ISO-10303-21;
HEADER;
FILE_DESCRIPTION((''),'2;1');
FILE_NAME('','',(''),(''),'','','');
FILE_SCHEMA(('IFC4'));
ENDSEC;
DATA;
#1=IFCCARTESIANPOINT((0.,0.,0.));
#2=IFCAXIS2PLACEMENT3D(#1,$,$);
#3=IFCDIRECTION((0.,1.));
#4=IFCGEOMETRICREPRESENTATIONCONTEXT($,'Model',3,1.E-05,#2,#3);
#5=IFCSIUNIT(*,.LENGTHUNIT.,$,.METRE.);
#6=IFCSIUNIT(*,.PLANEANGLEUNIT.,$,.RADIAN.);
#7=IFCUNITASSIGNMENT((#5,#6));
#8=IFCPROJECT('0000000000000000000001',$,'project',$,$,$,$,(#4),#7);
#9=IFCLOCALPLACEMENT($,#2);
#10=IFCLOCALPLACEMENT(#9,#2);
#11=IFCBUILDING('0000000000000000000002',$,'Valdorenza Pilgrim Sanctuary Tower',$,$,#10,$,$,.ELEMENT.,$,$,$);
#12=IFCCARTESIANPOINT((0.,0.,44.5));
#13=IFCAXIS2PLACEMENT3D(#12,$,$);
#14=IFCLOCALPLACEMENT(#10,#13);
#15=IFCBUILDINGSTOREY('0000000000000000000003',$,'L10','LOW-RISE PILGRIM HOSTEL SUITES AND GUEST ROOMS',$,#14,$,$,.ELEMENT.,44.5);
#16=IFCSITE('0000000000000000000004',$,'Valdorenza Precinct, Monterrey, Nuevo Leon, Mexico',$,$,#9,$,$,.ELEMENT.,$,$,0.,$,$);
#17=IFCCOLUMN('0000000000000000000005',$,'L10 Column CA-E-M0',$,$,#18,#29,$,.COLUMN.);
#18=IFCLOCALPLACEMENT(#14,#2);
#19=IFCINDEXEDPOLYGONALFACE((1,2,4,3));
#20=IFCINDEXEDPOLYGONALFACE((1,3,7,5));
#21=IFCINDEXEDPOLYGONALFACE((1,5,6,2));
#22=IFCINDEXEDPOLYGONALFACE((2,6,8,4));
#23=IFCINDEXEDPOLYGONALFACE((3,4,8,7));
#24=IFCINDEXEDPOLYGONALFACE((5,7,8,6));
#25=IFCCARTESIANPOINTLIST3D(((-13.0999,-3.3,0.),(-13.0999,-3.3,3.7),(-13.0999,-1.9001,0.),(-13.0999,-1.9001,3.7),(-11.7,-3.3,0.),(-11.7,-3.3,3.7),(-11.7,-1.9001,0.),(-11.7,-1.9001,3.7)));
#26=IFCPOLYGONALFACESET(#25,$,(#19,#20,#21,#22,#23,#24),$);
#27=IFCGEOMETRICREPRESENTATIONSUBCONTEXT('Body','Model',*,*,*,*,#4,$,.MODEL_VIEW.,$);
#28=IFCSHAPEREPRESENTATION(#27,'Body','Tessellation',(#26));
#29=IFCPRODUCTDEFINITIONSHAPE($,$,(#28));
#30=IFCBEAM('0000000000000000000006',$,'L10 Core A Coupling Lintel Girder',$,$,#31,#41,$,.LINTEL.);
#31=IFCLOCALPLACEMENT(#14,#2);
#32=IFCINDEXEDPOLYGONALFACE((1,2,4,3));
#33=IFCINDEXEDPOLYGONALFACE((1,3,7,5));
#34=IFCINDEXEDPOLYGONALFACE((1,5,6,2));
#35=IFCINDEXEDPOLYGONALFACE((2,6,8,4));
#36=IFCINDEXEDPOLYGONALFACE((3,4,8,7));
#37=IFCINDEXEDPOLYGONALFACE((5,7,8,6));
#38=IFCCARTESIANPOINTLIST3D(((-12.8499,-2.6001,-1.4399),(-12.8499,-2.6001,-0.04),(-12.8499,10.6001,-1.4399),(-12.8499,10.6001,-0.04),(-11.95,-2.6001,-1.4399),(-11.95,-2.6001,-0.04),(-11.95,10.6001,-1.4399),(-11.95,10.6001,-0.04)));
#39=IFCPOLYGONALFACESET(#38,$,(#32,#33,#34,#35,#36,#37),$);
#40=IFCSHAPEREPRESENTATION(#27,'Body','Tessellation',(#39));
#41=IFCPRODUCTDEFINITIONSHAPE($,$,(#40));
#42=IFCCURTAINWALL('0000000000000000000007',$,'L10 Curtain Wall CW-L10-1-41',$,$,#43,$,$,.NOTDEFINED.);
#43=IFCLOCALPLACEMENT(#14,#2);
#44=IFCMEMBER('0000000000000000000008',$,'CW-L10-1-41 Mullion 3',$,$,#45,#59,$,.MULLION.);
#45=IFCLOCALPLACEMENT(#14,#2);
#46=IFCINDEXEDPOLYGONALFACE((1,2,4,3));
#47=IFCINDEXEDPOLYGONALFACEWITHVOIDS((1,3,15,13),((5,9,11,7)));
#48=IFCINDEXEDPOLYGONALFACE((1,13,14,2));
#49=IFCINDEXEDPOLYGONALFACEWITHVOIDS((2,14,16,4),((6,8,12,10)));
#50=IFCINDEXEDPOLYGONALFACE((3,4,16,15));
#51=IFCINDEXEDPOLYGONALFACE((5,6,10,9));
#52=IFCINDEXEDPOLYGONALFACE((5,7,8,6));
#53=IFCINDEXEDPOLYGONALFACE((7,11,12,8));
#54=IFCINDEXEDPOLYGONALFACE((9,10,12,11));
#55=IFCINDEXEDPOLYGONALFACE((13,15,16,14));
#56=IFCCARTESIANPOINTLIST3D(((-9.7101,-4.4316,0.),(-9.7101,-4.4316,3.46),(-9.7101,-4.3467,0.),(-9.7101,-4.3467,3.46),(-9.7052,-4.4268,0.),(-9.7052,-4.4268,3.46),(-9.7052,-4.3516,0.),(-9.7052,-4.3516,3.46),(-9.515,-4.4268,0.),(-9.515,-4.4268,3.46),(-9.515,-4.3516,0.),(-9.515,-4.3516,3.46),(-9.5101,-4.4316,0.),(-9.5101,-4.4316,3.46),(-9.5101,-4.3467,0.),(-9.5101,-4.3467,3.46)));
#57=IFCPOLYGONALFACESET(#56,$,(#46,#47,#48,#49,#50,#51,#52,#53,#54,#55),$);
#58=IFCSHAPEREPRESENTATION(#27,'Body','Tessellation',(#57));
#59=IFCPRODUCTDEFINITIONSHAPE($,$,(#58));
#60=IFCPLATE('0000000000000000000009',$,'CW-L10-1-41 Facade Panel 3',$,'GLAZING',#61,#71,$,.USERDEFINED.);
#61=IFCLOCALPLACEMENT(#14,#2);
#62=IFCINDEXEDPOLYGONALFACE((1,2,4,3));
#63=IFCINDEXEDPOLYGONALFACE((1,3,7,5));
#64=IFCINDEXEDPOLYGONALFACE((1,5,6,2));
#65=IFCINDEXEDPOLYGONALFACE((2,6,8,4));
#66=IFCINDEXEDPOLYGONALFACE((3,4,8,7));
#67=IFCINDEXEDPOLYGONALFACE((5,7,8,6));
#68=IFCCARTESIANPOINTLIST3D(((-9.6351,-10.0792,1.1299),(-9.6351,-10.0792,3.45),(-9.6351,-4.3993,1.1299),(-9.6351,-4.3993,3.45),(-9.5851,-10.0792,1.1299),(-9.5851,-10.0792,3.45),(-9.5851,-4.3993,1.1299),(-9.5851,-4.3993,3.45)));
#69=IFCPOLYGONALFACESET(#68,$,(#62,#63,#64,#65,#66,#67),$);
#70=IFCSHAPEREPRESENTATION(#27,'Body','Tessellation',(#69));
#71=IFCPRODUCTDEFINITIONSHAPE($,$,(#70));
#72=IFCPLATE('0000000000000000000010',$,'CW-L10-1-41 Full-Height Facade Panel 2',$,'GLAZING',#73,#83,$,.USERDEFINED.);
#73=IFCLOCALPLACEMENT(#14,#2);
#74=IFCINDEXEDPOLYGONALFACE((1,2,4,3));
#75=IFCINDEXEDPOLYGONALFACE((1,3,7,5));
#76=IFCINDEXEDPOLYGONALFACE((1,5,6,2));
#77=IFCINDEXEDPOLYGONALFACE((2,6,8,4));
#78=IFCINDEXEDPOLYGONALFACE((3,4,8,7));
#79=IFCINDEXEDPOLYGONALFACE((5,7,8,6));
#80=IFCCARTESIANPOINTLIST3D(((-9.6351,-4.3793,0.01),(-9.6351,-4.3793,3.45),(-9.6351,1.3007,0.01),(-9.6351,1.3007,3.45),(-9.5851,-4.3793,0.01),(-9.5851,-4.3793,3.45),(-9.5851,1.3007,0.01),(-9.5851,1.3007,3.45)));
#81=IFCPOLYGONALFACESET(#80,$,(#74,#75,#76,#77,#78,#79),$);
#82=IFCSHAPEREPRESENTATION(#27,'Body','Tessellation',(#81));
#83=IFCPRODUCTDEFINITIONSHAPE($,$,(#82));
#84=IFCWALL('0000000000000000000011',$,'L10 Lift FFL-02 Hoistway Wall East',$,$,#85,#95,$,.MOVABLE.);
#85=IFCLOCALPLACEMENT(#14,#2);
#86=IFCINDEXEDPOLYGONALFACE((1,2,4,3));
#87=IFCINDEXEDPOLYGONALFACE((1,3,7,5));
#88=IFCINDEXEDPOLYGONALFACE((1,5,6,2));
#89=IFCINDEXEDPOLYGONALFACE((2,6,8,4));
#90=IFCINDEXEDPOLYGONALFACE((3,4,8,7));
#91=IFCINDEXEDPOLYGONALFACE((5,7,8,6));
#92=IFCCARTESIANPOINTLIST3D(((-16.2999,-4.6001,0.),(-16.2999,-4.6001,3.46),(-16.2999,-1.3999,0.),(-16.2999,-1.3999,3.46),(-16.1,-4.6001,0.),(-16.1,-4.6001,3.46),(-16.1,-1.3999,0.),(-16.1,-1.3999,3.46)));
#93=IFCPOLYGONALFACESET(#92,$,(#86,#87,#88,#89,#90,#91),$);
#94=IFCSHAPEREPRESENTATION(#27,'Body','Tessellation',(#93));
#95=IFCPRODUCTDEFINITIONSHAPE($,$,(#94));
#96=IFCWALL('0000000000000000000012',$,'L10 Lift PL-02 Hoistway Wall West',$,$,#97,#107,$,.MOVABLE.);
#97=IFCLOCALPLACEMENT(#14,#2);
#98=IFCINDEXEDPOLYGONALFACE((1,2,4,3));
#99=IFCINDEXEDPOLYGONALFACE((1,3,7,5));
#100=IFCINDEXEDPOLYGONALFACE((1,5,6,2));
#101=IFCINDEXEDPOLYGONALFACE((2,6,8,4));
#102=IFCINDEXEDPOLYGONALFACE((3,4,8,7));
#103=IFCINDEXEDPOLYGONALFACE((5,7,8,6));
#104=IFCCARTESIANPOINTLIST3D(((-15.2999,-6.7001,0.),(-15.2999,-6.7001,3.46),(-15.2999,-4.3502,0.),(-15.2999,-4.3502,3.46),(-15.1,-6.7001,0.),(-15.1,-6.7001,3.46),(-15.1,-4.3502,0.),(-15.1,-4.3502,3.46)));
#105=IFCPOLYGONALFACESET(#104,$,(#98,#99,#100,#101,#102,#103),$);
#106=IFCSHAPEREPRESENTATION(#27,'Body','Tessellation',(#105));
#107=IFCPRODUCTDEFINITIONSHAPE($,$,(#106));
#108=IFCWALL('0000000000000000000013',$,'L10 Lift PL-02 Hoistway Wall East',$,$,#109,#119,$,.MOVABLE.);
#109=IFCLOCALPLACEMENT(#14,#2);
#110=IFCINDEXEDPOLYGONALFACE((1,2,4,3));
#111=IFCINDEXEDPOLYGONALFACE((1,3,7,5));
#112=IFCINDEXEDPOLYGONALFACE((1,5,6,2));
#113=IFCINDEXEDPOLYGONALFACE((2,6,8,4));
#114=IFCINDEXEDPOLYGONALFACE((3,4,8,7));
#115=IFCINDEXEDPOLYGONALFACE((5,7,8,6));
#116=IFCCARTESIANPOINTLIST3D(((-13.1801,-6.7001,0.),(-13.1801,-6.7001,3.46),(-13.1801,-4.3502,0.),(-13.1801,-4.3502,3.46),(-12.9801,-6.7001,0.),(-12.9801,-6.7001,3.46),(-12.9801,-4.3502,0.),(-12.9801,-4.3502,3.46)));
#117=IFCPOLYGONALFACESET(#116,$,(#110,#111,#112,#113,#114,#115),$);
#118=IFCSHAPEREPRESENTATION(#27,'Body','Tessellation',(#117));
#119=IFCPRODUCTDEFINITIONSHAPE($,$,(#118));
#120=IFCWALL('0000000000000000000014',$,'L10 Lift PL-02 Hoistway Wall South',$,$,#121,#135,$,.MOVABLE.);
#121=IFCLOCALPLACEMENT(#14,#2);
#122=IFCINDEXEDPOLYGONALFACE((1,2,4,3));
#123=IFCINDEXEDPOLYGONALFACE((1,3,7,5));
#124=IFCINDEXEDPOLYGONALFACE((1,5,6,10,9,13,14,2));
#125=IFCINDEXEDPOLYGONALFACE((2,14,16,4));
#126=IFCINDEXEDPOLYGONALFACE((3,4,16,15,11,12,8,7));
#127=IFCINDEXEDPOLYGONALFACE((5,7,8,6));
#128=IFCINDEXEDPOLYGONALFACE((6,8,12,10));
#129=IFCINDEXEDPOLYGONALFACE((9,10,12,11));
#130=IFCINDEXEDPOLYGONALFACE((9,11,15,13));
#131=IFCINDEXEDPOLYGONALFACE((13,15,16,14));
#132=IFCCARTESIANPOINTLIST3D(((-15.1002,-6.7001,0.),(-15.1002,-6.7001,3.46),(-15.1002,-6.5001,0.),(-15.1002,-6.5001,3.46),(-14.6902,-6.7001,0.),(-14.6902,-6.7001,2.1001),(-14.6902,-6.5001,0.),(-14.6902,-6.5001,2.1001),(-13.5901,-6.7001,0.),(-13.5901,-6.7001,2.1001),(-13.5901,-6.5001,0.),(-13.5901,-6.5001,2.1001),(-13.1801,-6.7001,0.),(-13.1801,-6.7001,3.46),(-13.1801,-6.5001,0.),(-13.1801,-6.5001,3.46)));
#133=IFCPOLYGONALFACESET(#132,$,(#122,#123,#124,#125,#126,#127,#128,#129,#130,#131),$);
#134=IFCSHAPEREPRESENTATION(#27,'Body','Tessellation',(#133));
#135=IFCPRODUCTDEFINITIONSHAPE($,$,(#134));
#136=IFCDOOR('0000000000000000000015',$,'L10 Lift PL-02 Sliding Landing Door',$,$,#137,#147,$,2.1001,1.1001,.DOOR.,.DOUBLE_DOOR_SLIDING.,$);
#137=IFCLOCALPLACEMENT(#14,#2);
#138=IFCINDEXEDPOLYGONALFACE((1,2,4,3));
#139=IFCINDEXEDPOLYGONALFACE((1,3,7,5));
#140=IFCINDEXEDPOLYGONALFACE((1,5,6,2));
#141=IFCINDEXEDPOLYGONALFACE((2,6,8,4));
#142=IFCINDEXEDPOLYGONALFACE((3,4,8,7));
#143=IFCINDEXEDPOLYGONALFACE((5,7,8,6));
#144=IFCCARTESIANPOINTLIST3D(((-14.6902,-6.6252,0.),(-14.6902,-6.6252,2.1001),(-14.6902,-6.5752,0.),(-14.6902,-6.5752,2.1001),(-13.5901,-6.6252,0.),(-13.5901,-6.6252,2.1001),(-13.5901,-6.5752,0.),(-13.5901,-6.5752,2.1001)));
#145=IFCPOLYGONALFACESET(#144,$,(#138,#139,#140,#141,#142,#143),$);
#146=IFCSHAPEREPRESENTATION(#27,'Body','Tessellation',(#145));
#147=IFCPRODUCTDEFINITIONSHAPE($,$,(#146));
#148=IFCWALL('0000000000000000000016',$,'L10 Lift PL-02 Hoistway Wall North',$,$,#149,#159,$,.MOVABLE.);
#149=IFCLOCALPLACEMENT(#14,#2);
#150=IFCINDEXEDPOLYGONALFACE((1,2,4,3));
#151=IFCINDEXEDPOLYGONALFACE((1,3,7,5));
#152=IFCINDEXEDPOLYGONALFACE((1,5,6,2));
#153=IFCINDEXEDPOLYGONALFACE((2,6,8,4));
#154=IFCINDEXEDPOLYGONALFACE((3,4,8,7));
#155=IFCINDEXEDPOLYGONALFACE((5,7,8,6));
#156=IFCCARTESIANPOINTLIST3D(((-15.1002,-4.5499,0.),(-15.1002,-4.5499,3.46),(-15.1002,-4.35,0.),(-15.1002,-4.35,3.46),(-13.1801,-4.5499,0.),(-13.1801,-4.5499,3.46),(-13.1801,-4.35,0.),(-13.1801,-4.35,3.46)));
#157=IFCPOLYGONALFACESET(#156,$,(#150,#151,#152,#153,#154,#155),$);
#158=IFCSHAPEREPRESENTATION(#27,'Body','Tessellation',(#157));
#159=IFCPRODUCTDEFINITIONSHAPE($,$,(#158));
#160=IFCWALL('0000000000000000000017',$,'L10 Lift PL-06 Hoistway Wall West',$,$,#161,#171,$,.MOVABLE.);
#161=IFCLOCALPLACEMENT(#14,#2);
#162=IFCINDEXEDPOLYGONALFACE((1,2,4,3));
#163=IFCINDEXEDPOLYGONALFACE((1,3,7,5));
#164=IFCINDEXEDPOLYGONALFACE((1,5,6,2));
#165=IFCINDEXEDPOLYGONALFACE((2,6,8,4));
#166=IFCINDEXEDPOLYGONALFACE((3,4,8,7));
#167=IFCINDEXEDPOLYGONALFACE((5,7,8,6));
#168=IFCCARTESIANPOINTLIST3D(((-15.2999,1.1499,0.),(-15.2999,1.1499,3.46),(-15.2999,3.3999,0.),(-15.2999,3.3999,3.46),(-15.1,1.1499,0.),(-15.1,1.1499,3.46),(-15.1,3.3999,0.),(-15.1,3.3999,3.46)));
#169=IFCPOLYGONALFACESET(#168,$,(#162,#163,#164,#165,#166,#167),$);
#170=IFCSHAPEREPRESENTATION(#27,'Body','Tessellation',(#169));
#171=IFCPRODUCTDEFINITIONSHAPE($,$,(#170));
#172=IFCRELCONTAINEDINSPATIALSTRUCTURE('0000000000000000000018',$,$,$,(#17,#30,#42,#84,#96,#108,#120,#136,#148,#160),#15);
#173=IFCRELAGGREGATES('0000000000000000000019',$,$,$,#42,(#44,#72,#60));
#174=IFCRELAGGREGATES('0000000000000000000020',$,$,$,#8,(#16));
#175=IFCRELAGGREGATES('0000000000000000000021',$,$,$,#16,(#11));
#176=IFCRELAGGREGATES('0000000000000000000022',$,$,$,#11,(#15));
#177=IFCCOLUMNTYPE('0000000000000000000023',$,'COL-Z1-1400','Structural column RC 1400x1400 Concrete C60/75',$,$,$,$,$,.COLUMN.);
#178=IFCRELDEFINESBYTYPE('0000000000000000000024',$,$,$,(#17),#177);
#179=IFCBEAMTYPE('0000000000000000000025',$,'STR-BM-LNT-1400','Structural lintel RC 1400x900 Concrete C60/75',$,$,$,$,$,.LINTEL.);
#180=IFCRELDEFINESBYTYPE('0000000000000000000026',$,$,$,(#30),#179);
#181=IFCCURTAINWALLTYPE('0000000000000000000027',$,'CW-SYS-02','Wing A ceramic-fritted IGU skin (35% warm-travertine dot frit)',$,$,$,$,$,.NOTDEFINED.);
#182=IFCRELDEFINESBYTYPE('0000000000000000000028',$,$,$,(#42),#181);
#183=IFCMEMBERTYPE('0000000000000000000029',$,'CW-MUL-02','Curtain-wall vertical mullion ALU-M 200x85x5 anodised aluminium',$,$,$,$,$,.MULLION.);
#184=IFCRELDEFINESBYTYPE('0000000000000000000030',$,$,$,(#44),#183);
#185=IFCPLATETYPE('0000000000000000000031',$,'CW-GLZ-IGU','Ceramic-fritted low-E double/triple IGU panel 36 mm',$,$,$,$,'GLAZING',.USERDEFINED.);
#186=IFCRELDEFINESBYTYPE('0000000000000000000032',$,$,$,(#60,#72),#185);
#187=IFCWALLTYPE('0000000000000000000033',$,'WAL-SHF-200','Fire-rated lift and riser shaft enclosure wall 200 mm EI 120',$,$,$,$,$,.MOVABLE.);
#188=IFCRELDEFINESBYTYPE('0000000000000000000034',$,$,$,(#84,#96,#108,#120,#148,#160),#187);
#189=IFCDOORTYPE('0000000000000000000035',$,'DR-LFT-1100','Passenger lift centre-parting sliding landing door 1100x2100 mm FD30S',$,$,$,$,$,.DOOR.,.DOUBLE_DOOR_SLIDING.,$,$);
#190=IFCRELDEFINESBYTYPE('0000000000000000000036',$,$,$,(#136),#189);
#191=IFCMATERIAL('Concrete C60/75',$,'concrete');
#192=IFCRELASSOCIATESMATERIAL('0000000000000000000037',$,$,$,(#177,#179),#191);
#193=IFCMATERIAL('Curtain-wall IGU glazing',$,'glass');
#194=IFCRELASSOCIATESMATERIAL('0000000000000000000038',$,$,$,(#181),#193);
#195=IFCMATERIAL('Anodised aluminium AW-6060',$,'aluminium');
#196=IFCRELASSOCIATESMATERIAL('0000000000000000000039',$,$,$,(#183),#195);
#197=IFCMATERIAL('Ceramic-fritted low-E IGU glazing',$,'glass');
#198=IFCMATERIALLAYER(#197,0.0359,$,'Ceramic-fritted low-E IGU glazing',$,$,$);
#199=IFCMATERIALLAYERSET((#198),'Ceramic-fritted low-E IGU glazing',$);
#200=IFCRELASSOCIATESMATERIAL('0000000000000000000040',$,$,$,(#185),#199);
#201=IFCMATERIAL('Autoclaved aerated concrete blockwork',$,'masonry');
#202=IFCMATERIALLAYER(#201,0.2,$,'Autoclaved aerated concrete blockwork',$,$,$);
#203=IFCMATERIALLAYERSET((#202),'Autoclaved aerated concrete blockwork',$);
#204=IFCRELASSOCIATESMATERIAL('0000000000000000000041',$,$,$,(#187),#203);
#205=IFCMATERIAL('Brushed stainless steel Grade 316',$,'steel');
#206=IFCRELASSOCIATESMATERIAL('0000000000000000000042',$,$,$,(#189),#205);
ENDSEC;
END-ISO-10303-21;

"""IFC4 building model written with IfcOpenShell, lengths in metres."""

from ifc_helpers import new_model, si_unit, direction, frame, frame_2d, origin, origin_2d, place, context, subcontext, project, spatial, rectangle, hollow_rectangle, extrude, source, transform, mapped, material, layer, layer_set, material_profile, profile_set, type_object, element, fill, aggregate, save


model = new_model("IFC4")

# Units and contexts
model_context = context("Model", 3, precision=1e-05, world=origin(), true_north=direction((0.0, 1.0)))
body_context = subcontext(model_context, "Body", "Model", "MODEL_VIEW")
ifc_project = project(units=[si_unit("LENGTHUNIT", "METRE"), si_unit("PLANEANGLEUNIT", "RADIAN")], contexts=[model_context])

# Site, building, storey
site_placement = place(None, origin())
site = spatial("IfcSite", under=ifc_project, at=site_placement, Name="Valdorenza Precinct, Monterrey, Nuevo Leon, Mexico", CompositionType="ELEMENT", RefElevation=0.0)
building_placement = place(site_placement, origin())
building = spatial("IfcBuilding", under=site, at=building_placement, Name="Valdorenza Pilgrim Sanctuary Tower", CompositionType="ELEMENT")
storey_placement = place(building_placement, frame((0.0, 0.0, 44.5)))
storey = spatial("IfcBuildingStorey", under=building, at=storey_placement, Name="L10", Description="LOW-RISE PILGRIM HOSTEL SUITES AND GUEST ROOMS", CompositionType="ELEMENT", Elevation=44.5)

# Column
ifc_material_1 = material(Name="Concrete C60/75", Category="concrete")
ifc_material_profile_1 = material_profile(ifc_material_1, rectangle(XDim=1.3999, YDim=1.3999, at=origin_2d()), Name="RC 1400x1400")
ifc_profile_set_1 = profile_set([ifc_material_profile_1], Name="Concrete C60/75")
column_type = type_object("IfcColumnType", Name="COL-Z1-1400", Description="Structural column RC 1400x1400 Concrete C60/75", PredefinedType="COLUMN", material=ifc_profile_set_1)
shared_shape_1 = source(origin(), body_context, "Body", "SweptSolid", [
    extrude(rectangle(XDim=1.3999, YDim=1.3999, at=origin_2d()), origin(), (0.0, 0.0, 1.0), 3.7),
])
column_placement = place(storey_placement, frame((-12.3999, -2.6001, 0.0), z_axis=(0.0, 0.0, 1.0), x_axis=(1.0, 0.0, 0.0)))
element("IfcColumn", 1, at=column_placement, inside=storey, type_object=column_type, Name="L10 Column CA-E-M0", PredefinedType="COLUMN", context=body_context, shape_type="MappedRepresentation", body=[
    mapped(shared_shape_1, transform((0.0, 0.0, 0.0), x_axis=(1.0, 0.0, 0.0), y_axis=(0.0, 1.0, 0.0), z_axis=(0.0, 0.0, 1.0), scale=1.0)),
])

# Beam
ifc_material_profile_2 = material_profile(ifc_material_1, rectangle(XDim=0.8999, YDim=1.3999, at=origin_2d()), Name="RC 1400x900")
ifc_profile_set_2 = profile_set([ifc_material_profile_2], Name="Concrete C60/75")
beam_type = type_object("IfcBeamType", Name="STR-BM-LNT-1400", Description="Structural lintel RC 1400x900 Concrete C60/75", PredefinedType="LINTEL", material=ifc_profile_set_2)
shared_shape_2 = source(origin(), body_context, "Body", "SweptSolid", [
    extrude(rectangle(XDim=0.8999, YDim=1.3999, at=origin_2d()), origin(), (0.0, 0.0, 1.0), 13.2002),
])
beam_placement = place(storey_placement, frame((-12.3999, -2.6001, -0.74), z_axis=(0.0, 1.0, 0.0), x_axis=(-1.0, 0.0, 0.0)))
element("IfcBeam", 2, at=beam_placement, inside=storey, type_object=beam_type, Name="L10 Core A Coupling Lintel Girder", PredefinedType="LINTEL", context=body_context, shape_type="MappedRepresentation", body=[
    mapped(shared_shape_2, transform((0.0, 0.0, 0.0), x_axis=(1.0, 0.0, 0.0), y_axis=(0.0, 1.0, 0.0), z_axis=(0.0, 0.0, 1.0), scale=1.0)),
])

# Curtain wall, member, plates
ifc_material_2 = material(Name="Curtain-wall IGU glazing", Category="glass")
curtain_wall_type = type_object("IfcCurtainWallType", Name="CW-SYS-02", Description="Wing A ceramic-fritted IGU skin (35% warm-travertine dot frit)", PredefinedType="NOTDEFINED", material=ifc_material_2)
curtain_wall_placement = place(storey_placement, origin())
curtain_wall = element("IfcCurtainWall", 3, at=curtain_wall_placement, inside=storey, type_object=curtain_wall_type, Name="L10 Curtain Wall CW-L10-1-41", PredefinedType="NOTDEFINED")
ifc_material_3 = material(Name="Anodised aluminium AW-6060", Category="aluminium")
ifc_material_profile_3 = material_profile(ifc_material_3, hollow_rectangle(XDim=0.085, YDim=0.2, WallThickness=0.0049, at=origin_2d()), Name="ALU-M 200x85x5")
ifc_profile_set_3 = profile_set([ifc_material_profile_3], Name="Anodised aluminium AW-6060")
member_type = type_object("IfcMemberType", Name="CW-MUL-02", Description="Curtain-wall vertical mullion ALU-M 200x85x5 anodised aluminium", PredefinedType="MULLION", material=ifc_profile_set_3)
shared_shape_3 = source(origin(), body_context, "Body", "SweptSolid", [
    extrude(hollow_rectangle(XDim=0.085, YDim=0.2, WallThickness=0.0049, at=origin_2d()), origin(), (0.0, 0.0, 1.0), 3.46),
])
member_placement = place(storey_placement, frame((-9.6101, -4.3892, 0.0), z_axis=(0.0, 0.0, 1.0), x_axis=(0.0, -1.0, 0.0)))
member = element("IfcMember", 4, at=member_placement, type_object=member_type, Name="CW-L10-1-41 Mullion 3", PredefinedType="MULLION", context=body_context, shape_type="MappedRepresentation", body=[
    mapped(shared_shape_3, transform((0.0, 0.0, 0.0), x_axis=(1.0, 0.0, 0.0), y_axis=(0.0, 1.0, 0.0), z_axis=(0.0, 0.0, 1.0), scale=1.0)),
])
ifc_material_4 = material(Name="Ceramic-fritted low-E IGU glazing", Category="glass")
ifc_layer_1 = layer(ifc_material_4, 0.0359, Name="Ceramic-fritted low-E IGU glazing")
ifc_layer_set_1 = layer_set([ifc_layer_1], Name="Ceramic-fritted low-E IGU glazing")
plate_type = type_object("IfcPlateType", Name="CW-GLZ-IGU", Description="Ceramic-fritted low-E double/triple IGU panel 36 mm", ElementType="GLAZING", PredefinedType="USERDEFINED", material=ifc_layer_set_1)
shared_shape_4 = source(origin(), body_context, "Body", "SweptSolid", [
    extrude(rectangle(XDim=5.6799, YDim=0.05, at=origin_2d()), origin(), (0.0, 0.0, 1.0), 2.3201),
])
plate_1_placement = place(storey_placement, frame((-9.6101, -7.2393, 1.1299), z_axis=(0.0, 0.0, 1.0), x_axis=(0.0, -1.0, 0.0)))
plate_1 = element("IfcPlate", 5, at=plate_1_placement, type_object=plate_type, Name="CW-L10-1-41 Facade Panel 3", ObjectType="GLAZING", PredefinedType="USERDEFINED", context=body_context, shape_type="MappedRepresentation", body=[
    mapped(shared_shape_4, transform((0.0, 0.0, 0.0), x_axis=(1.0, 0.0, 0.0), y_axis=(0.0, 1.0, 0.0), z_axis=(0.0, 0.0, 1.0), scale=1.0)),
])
shared_shape_5 = source(origin(), body_context, "Body", "SweptSolid", [
    extrude(rectangle(XDim=5.6799, YDim=0.05, at=origin_2d()), origin(), (0.0, 0.0, 1.0), 3.4399),
])
plate_2_placement = place(storey_placement, frame((-9.6101, -1.5393, 0.01), z_axis=(0.0, 0.0, 1.0), x_axis=(0.0, -1.0, 0.0)))
plate_2 = element("IfcPlate", 6, at=plate_2_placement, type_object=plate_type, Name="CW-L10-1-41 Full-Height Facade Panel 2", ObjectType="GLAZING", PredefinedType="USERDEFINED", context=body_context, shape_type="MappedRepresentation", body=[
    mapped(shared_shape_5, transform((0.0, 0.0, 0.0), x_axis=(1.0, 0.0, 0.0), y_axis=(0.0, 1.0, 0.0), z_axis=(0.0, 0.0, 1.0), scale=1.0)),
])
aggregate(curtain_wall, [member, plate_2, plate_1])

# Walls
ifc_material_5 = material(Name="Autoclaved aerated concrete blockwork", Category="masonry")
ifc_layer_2 = layer(ifc_material_5, 0.2, Name="Autoclaved aerated concrete blockwork")
ifc_layer_set_2 = layer_set([ifc_layer_2], Name="Autoclaved aerated concrete blockwork")
wall_type_1 = type_object("IfcWallType", Name="WAL-SHF-200", Description="Fire-rated lift and riser shaft enclosure wall 200 mm EI 120", PredefinedType="MOVABLE", material=ifc_layer_set_2)
wall_1_placement = place(storey_placement, frame((-16.2, -4.6001, 0.0), z_axis=(0.0, 0.0, 1.0), x_axis=(0.0, 1.0, 0.0)))
element("IfcWall", 7, at=wall_1_placement, inside=storey, type_object=wall_type_1, Name="L10 Lift FFL-02 Hoistway Wall East", PredefinedType="MOVABLE", context=body_context, shape_type="SweptSolid", body=[
    extrude(rectangle(XDim=3.2002, YDim=0.2, at=frame_2d((1.6001, 0.0))), origin(), (0.0, 0.0, 1.0), 3.46),
])
for number, where, z_axis, x_axis, name in (
    (8, (-15.2, -6.7, 0.0), (0.0, 0.0, 1.0), (0.0, 1.0, 0.0), "L10 Lift PL-02 Hoistway Wall West"),
    (9, (-13.0801, -6.7, 0.0), (0.0, 0.0, 1.0), (0.0, 1.0, 0.0), "L10 Lift PL-02 Hoistway Wall East"),
):
    element("IfcWall", number, at=place(storey_placement, frame(where, z_axis=z_axis, x_axis=x_axis)), inside=storey, type_object=wall_type_1, Name=name, PredefinedType="MOVABLE", context=body_context, shape_type="SweptSolid", body=[
        extrude(rectangle(XDim=2.3499, YDim=0.2, at=frame_2d((1.1748, 0.0))), origin(), (0.0, 0.0, 1.0), 3.46),
    ])

# Wall, opening, door
wall_2_placement = place(storey_placement, frame((-15.1001, -6.6001, 0.0), z_axis=(0.0, 0.0, 1.0), x_axis=(1.0, 0.0, 0.0)))
wall_2 = element("IfcWall", 10, at=wall_2_placement, inside=storey, type_object=wall_type_1, Name="L10 Lift PL-02 Hoistway Wall South", PredefinedType="MOVABLE", context=body_context, shape_type="SweptSolid", body=[
    extrude(rectangle(XDim=1.9202, YDim=0.2, at=frame_2d((0.96, 0.0))), origin(), (0.0, 0.0, 1.0), 3.46),
])
opening_1_placement = place(wall_2_placement, frame((0.4099, 0.0, 0.0)))
opening_1 = element("IfcOpeningElement", 11, at=opening_1_placement, cuts=wall_2, PredefinedType="OPENING", context=body_context, shape_type="SweptSolid", body=[
    extrude(rectangle(XDim=1.1001, YDim=2.1001, at=frame_2d((0.55, 1.05))), frame((0.0, 0.1147, 0.0), z_axis=(0.0, -1.0, 0.0), x_axis=(1.0, 0.0, 0.0)), (0.0, 0.0, 1.0), 0.2297),
])
ifc_material_6 = material(Name="Brushed stainless steel Grade 316", Category="steel")
door_type_1 = type_object("IfcDoorType", Name="DR-LFT-1100", Description="Passenger lift centre-parting sliding landing door 1100x2100 mm FD30S", OperationType="DOUBLE_DOOR_SLIDING", PredefinedType="DOOR", material=ifc_material_6)
door_1_placement = place(opening_1_placement, origin())
door_1 = element("IfcDoor", 12, at=door_1_placement, inside=storey, type_object=door_type_1, Name="L10 Lift PL-02 Sliding Landing Door", OperationType="DOUBLE_DOOR_SLIDING", OverallHeight=2.1001, OverallWidth=1.1001, PredefinedType="DOOR", context=body_context, shape_type="SweptSolid", body=[
    extrude(rectangle(XDim=1.1001, YDim=2.1001, at=frame_2d((0.55, 1.05))), frame((0.0, 0.0249, 0.0), z_axis=(0.0, -1.0, 0.0), x_axis=(1.0, 0.0, 0.0)), (0.0, 0.0, 1.0), 0.05),
])
fill(opening_1, door_1)

# Walls
wall_3_placement = place(storey_placement, frame((-15.1001, -4.45, 0.0), z_axis=(0.0, 0.0, 1.0), x_axis=(1.0, 0.0, 0.0)))
element("IfcWall", 13, at=wall_3_placement, inside=storey, type_object=wall_type_1, Name="L10 Lift PL-02 Hoistway Wall North", PredefinedType="MOVABLE", context=body_context, shape_type="SweptSolid", body=[
    extrude(rectangle(XDim=1.9202, YDim=0.2, at=frame_2d((0.96, 0.0))), origin(), (0.0, 0.0, 1.0), 3.46),
])
for number, where, z_axis, x_axis, name in (
    (14, (-15.2, 1.1499, 0.0), (0.0, 0.0, 1.0), (0.0, 1.0, 0.0), "L10 Lift PL-06 Hoistway Wall West"),
):
    element("IfcWall", number, at=place(storey_placement, frame(where, z_axis=z_axis, x_axis=x_axis)), inside=storey, type_object=wall_type_1, Name=name, PredefinedType="MOVABLE", context=body_context, shape_type="SweptSolid", body=[
        extrude(rectangle(XDim=2.25, YDim=0.2, at=frame_2d((1.125, 0.0))), origin(), (0.0, 0.0, 1.0), 3.46),
    ])

save(model, "model.ifc")
